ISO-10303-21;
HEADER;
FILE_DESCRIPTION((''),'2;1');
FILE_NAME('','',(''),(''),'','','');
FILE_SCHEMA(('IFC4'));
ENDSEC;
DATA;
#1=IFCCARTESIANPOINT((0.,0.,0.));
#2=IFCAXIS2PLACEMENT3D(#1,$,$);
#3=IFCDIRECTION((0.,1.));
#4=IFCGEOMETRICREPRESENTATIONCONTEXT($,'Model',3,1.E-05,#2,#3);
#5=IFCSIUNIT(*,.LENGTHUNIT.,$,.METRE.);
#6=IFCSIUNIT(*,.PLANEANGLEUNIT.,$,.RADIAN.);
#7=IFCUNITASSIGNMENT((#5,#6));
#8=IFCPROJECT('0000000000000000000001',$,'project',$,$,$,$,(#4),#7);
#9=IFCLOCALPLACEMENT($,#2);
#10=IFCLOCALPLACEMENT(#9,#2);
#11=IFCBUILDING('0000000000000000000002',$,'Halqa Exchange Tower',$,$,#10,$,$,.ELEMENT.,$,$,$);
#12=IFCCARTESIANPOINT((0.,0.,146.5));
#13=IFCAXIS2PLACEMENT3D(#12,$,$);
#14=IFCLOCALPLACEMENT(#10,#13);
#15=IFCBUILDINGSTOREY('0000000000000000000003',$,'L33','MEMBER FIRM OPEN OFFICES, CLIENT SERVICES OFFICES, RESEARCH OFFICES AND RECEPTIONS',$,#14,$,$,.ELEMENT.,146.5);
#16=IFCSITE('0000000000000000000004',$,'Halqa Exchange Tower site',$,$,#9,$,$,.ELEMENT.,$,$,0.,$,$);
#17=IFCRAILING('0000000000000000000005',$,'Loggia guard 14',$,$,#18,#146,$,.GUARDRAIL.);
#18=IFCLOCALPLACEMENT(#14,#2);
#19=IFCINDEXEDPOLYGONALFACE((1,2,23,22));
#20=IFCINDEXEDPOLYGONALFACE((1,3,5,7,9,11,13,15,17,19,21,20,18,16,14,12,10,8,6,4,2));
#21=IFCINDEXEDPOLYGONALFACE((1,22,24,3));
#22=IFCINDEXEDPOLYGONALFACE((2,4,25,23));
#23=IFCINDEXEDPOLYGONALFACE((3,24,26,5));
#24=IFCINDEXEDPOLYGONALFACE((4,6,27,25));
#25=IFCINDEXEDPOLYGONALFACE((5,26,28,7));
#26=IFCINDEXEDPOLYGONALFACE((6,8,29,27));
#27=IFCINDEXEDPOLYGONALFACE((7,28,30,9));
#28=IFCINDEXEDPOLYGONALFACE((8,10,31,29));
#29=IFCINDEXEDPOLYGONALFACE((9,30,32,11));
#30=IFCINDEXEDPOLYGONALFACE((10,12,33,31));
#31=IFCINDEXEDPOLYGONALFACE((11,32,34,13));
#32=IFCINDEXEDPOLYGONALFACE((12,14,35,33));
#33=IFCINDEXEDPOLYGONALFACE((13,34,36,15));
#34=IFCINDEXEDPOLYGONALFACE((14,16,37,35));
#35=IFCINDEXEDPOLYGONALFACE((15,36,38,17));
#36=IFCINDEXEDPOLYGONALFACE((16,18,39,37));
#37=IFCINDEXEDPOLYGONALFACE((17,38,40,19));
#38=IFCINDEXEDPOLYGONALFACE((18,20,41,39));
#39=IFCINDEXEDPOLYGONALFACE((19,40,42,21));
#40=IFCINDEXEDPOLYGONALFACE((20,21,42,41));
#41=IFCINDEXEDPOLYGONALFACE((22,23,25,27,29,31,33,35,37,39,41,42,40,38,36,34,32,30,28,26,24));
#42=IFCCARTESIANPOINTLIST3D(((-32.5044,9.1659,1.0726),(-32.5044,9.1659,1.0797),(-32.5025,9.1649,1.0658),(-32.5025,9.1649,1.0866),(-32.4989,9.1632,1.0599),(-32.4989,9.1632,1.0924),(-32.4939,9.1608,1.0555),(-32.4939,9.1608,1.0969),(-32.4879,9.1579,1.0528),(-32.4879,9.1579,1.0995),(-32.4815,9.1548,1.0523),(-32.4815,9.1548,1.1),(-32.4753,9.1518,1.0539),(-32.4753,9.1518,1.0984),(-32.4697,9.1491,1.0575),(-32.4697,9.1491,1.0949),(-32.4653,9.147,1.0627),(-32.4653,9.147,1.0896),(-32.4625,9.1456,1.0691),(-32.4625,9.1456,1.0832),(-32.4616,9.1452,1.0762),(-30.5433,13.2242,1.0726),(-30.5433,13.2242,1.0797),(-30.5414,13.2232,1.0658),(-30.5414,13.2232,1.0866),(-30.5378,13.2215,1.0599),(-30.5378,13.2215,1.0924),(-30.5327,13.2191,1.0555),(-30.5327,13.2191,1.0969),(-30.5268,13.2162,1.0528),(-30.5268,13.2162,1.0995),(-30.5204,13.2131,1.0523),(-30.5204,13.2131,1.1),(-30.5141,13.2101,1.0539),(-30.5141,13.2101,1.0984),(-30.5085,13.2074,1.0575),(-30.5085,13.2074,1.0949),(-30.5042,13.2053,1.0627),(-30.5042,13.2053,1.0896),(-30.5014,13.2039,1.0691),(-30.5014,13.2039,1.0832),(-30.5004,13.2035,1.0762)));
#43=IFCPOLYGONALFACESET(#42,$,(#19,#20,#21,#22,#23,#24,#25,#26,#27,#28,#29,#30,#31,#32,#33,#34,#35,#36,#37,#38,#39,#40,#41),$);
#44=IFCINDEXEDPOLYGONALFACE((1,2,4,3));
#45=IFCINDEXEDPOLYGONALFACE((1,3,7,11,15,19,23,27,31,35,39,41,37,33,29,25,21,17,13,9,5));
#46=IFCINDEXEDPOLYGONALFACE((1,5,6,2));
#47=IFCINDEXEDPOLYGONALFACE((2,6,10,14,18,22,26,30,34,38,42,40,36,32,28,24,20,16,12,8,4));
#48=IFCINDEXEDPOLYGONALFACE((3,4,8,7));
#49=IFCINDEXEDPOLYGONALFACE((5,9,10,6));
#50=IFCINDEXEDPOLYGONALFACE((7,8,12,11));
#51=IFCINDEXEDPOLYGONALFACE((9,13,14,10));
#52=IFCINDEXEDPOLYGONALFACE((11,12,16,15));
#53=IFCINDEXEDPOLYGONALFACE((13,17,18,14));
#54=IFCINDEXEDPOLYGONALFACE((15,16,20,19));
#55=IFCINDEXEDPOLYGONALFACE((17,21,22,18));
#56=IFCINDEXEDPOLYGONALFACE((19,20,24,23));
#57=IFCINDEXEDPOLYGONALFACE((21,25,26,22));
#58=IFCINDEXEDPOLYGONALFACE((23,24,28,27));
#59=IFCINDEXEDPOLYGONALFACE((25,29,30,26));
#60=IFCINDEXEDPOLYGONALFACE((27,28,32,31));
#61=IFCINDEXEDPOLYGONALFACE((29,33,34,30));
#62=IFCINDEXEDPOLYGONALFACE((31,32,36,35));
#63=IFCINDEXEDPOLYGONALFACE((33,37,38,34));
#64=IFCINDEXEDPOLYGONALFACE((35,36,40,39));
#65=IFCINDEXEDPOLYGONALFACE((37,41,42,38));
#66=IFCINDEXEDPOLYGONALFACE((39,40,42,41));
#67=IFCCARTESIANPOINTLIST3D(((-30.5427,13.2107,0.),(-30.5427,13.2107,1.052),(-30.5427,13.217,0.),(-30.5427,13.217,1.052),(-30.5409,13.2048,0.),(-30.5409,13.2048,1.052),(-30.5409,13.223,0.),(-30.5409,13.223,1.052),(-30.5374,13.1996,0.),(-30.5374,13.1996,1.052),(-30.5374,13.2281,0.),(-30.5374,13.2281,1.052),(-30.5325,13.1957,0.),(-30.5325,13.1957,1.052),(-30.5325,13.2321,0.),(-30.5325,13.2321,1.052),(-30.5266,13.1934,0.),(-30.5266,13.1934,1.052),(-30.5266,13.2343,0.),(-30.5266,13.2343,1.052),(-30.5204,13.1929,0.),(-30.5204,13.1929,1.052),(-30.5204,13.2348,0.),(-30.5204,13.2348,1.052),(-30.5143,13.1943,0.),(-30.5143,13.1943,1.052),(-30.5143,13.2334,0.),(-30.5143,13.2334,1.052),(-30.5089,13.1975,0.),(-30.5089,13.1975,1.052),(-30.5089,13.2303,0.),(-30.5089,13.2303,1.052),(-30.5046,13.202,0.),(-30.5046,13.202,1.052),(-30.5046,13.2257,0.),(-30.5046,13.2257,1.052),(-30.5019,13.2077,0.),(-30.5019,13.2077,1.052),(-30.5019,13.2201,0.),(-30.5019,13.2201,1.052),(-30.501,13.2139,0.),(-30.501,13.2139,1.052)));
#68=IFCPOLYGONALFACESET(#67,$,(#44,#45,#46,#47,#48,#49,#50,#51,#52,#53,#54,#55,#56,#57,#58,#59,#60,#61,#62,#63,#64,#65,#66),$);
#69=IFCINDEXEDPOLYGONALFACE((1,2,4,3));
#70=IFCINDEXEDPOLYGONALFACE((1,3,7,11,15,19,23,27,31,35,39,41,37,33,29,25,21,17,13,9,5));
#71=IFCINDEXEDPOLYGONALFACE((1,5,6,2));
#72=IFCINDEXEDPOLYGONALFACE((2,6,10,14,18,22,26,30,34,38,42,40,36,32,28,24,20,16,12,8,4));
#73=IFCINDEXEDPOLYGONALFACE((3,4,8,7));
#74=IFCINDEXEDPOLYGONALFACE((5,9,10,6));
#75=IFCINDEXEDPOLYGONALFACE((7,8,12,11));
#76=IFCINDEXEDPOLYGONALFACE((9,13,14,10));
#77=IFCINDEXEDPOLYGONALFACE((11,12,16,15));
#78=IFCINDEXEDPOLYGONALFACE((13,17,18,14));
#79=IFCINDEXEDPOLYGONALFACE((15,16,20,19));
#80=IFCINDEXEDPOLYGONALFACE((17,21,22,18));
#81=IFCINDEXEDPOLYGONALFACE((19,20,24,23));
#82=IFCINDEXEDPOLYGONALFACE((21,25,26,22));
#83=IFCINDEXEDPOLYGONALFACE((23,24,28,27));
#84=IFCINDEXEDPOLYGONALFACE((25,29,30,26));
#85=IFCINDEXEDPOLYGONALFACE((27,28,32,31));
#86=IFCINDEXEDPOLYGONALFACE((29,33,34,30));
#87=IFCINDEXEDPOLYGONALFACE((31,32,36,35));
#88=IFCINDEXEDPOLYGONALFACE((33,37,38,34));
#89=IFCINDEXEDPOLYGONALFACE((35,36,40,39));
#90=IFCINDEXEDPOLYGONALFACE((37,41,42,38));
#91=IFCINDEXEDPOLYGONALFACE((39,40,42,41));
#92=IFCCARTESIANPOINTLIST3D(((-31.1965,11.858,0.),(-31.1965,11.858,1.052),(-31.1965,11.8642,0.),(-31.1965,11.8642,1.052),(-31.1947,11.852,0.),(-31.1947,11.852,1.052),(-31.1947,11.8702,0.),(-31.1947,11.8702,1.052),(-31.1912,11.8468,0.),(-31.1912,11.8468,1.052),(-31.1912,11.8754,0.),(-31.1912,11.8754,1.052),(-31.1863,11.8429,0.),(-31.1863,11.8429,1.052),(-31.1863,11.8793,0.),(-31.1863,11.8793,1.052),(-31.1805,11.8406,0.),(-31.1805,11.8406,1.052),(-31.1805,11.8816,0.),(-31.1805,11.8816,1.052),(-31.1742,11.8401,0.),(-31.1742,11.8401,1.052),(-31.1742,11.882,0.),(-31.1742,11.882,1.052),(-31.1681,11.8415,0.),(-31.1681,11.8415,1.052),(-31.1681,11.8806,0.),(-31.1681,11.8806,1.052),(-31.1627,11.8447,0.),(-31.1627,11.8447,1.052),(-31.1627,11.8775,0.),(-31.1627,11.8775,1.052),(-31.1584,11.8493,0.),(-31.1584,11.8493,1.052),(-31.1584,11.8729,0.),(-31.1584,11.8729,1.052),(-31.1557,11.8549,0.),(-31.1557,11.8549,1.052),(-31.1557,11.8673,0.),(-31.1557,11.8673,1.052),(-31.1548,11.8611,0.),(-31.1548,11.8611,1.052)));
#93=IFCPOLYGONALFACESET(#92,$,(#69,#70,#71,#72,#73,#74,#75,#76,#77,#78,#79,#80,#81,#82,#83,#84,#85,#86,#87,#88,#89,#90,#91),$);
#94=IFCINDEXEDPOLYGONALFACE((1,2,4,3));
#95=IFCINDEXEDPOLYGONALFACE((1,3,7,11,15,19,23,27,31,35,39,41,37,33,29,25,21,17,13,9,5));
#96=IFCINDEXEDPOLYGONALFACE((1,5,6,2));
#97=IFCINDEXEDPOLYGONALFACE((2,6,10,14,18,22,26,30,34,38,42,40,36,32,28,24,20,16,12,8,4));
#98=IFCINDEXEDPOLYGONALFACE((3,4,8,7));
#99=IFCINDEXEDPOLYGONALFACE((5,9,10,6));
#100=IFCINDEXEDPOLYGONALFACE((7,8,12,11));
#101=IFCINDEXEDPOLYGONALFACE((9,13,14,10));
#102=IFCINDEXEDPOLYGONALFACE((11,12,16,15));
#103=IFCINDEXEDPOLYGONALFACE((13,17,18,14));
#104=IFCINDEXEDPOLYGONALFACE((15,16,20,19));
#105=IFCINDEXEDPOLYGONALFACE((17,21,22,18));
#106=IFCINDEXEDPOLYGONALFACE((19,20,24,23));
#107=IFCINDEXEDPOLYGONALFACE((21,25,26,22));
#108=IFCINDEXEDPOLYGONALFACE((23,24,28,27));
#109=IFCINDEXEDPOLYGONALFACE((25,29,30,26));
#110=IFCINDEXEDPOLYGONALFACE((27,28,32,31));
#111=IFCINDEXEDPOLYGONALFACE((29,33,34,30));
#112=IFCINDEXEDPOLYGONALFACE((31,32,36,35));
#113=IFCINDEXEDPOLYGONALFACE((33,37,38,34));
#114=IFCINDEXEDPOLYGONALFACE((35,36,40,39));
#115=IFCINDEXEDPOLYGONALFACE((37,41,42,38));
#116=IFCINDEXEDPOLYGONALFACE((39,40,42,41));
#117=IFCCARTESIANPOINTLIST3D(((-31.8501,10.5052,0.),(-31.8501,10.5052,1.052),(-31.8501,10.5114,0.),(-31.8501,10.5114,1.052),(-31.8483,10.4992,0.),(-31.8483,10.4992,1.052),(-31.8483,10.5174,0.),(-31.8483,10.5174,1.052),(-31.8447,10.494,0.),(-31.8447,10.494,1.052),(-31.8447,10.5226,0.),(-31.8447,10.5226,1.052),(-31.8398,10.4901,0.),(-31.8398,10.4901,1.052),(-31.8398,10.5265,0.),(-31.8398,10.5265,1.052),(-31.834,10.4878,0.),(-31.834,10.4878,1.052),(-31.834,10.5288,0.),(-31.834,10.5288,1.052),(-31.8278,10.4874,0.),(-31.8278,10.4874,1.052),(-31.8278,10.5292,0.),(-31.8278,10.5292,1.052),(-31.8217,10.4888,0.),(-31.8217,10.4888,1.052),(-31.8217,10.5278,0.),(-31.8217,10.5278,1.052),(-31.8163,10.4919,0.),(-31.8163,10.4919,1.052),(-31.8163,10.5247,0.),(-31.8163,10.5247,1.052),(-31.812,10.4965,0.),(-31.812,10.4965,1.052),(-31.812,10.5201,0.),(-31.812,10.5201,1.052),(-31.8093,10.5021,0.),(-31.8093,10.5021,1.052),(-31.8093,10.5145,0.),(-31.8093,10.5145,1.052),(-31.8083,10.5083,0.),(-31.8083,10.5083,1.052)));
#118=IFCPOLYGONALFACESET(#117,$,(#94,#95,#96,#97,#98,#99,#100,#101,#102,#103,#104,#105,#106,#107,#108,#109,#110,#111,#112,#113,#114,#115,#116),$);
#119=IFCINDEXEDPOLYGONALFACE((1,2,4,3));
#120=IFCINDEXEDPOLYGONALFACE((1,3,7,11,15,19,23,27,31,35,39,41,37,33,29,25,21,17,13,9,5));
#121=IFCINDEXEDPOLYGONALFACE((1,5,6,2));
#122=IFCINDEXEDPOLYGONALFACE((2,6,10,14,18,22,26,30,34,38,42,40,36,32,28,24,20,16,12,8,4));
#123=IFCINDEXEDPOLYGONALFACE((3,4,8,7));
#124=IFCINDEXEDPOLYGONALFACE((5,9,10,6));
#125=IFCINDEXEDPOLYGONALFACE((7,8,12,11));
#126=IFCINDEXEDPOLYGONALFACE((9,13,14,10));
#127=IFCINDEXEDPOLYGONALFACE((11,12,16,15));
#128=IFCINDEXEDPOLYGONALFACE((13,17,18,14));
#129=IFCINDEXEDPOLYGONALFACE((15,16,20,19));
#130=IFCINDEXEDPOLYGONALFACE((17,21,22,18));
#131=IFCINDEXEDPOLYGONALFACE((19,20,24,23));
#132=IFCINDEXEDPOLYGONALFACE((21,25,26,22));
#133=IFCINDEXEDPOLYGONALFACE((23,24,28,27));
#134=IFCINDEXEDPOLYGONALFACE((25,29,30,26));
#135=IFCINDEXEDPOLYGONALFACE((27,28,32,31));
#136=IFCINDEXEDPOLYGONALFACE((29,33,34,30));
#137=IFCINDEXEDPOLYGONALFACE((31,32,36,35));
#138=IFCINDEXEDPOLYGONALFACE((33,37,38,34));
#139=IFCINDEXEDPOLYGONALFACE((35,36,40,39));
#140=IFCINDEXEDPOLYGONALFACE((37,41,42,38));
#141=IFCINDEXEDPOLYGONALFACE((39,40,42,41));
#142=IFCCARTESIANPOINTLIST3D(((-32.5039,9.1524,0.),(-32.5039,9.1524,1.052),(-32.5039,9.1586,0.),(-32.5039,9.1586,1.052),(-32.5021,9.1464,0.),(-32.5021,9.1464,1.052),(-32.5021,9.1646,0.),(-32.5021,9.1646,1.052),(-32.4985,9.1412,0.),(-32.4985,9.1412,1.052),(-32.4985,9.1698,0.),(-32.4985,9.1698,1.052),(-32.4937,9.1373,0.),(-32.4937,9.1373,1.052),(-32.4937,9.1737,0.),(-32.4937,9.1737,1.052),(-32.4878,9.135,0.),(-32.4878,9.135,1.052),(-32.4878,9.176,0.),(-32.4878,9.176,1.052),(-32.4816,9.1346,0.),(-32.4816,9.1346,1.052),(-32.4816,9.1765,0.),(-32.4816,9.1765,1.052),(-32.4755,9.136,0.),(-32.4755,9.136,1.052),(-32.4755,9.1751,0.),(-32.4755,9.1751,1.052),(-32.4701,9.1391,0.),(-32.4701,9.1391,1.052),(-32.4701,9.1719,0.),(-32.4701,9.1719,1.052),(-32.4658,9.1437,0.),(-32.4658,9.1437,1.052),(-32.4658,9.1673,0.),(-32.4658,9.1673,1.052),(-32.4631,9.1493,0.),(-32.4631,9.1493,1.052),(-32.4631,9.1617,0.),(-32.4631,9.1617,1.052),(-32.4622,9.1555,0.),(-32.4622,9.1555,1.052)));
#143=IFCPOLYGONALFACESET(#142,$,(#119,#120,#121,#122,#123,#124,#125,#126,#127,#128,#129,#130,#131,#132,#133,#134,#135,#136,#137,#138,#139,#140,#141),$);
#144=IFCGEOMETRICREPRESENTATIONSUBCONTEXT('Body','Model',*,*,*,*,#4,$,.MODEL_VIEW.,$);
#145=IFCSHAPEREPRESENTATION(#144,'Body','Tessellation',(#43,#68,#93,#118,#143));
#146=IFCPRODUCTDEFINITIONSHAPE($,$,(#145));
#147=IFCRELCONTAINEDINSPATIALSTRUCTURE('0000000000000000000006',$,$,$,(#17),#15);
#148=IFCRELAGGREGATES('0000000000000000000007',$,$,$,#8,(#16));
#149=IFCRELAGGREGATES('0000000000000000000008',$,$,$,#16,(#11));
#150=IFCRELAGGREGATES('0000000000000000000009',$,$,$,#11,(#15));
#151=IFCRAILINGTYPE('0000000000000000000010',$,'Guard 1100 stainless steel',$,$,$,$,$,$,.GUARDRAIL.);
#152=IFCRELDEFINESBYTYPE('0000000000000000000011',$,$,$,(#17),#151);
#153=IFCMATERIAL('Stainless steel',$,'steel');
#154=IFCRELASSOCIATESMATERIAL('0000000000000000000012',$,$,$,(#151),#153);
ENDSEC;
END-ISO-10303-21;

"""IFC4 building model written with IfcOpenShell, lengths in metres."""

from ifc_helpers import new_model, si_unit, direction, frame, origin, origin_2d, place, context, subcontext, project, spatial, circle, extrude, material, type_object, element, save


model = new_model("IFC4")

# Units and contexts
model_context = context("Model", 3, precision=1e-05, world=origin(), true_north=direction((0.0, 1.0)))
body_context = subcontext(model_context, "Body", "Model", "MODEL_VIEW")
ifc_project = project(units=[si_unit("LENGTHUNIT", "METRE"), si_unit("PLANEANGLEUNIT", "RADIAN")], contexts=[model_context])

# Site, building, storey
site_placement = place(None, origin())
site = spatial("IfcSite", under=ifc_project, at=site_placement, Name="Halqa Exchange Tower site", CompositionType="ELEMENT", RefElevation=0.0)
building_placement = place(site_placement, origin())
building = spatial("IfcBuilding", under=site, at=building_placement, Name="Halqa Exchange Tower", CompositionType="ELEMENT")
storey_placement = place(building_placement, frame((0.0, 0.0, 146.5)))
storey = spatial("IfcBuildingStorey", under=building, at=storey_placement, Name="L33", Description="MEMBER FIRM OPEN OFFICES, CLIENT SERVICES OFFICES, RESEARCH OFFICES AND RECEPTIONS", CompositionType="ELEMENT", Elevation=146.5)

# Railing
ifc_material_1 = material(Name="Stainless steel", Category="steel")
railing_type = type_object("IfcRailingType", Name="Guard 1100 stainless steel", PredefinedType="GUARDRAIL", material=ifc_material_1)
railing_1_placement = place(storey_placement, frame((-30.522, 13.2139, 0.0)))
element("IfcRailing", 1, at=railing_1_placement, inside=storey, type_object=railing_type, Name="Loggia guard 14", PredefinedType="GUARDRAIL", context=body_context, shape_type="SweptSolid", body=[
    extrude(circle(Radius=0.0239, at=origin_2d()), frame((0.0, 0.0, 1.0762), z_axis=(-0.435105, -0.90038, 0.0), x_axis=(0.90038, -0.435105, 0.0)), (0.0, 0.0, 1.0), 4.5073),
    extrude(circle(Radius=0.021, at=origin_2d()), origin(), (0.0, 0.0, 1.0), 1.052),
    extrude(circle(Radius=0.021, at=origin_2d()), frame((-0.6538, -1.3528, 0.0)), (0.0, 0.0, 1.0), 1.052),
    extrude(circle(Radius=0.021, at=origin_2d()), frame((-1.3074, -2.7056, 0.0)), (0.0, 0.0, 1.0), 1.052),
    extrude(circle(Radius=0.021, at=origin_2d()), frame((-1.9612, -4.0583, 0.0)), (0.0, 0.0, 1.0), 1.052),
])

save(model, "model.ifc")
